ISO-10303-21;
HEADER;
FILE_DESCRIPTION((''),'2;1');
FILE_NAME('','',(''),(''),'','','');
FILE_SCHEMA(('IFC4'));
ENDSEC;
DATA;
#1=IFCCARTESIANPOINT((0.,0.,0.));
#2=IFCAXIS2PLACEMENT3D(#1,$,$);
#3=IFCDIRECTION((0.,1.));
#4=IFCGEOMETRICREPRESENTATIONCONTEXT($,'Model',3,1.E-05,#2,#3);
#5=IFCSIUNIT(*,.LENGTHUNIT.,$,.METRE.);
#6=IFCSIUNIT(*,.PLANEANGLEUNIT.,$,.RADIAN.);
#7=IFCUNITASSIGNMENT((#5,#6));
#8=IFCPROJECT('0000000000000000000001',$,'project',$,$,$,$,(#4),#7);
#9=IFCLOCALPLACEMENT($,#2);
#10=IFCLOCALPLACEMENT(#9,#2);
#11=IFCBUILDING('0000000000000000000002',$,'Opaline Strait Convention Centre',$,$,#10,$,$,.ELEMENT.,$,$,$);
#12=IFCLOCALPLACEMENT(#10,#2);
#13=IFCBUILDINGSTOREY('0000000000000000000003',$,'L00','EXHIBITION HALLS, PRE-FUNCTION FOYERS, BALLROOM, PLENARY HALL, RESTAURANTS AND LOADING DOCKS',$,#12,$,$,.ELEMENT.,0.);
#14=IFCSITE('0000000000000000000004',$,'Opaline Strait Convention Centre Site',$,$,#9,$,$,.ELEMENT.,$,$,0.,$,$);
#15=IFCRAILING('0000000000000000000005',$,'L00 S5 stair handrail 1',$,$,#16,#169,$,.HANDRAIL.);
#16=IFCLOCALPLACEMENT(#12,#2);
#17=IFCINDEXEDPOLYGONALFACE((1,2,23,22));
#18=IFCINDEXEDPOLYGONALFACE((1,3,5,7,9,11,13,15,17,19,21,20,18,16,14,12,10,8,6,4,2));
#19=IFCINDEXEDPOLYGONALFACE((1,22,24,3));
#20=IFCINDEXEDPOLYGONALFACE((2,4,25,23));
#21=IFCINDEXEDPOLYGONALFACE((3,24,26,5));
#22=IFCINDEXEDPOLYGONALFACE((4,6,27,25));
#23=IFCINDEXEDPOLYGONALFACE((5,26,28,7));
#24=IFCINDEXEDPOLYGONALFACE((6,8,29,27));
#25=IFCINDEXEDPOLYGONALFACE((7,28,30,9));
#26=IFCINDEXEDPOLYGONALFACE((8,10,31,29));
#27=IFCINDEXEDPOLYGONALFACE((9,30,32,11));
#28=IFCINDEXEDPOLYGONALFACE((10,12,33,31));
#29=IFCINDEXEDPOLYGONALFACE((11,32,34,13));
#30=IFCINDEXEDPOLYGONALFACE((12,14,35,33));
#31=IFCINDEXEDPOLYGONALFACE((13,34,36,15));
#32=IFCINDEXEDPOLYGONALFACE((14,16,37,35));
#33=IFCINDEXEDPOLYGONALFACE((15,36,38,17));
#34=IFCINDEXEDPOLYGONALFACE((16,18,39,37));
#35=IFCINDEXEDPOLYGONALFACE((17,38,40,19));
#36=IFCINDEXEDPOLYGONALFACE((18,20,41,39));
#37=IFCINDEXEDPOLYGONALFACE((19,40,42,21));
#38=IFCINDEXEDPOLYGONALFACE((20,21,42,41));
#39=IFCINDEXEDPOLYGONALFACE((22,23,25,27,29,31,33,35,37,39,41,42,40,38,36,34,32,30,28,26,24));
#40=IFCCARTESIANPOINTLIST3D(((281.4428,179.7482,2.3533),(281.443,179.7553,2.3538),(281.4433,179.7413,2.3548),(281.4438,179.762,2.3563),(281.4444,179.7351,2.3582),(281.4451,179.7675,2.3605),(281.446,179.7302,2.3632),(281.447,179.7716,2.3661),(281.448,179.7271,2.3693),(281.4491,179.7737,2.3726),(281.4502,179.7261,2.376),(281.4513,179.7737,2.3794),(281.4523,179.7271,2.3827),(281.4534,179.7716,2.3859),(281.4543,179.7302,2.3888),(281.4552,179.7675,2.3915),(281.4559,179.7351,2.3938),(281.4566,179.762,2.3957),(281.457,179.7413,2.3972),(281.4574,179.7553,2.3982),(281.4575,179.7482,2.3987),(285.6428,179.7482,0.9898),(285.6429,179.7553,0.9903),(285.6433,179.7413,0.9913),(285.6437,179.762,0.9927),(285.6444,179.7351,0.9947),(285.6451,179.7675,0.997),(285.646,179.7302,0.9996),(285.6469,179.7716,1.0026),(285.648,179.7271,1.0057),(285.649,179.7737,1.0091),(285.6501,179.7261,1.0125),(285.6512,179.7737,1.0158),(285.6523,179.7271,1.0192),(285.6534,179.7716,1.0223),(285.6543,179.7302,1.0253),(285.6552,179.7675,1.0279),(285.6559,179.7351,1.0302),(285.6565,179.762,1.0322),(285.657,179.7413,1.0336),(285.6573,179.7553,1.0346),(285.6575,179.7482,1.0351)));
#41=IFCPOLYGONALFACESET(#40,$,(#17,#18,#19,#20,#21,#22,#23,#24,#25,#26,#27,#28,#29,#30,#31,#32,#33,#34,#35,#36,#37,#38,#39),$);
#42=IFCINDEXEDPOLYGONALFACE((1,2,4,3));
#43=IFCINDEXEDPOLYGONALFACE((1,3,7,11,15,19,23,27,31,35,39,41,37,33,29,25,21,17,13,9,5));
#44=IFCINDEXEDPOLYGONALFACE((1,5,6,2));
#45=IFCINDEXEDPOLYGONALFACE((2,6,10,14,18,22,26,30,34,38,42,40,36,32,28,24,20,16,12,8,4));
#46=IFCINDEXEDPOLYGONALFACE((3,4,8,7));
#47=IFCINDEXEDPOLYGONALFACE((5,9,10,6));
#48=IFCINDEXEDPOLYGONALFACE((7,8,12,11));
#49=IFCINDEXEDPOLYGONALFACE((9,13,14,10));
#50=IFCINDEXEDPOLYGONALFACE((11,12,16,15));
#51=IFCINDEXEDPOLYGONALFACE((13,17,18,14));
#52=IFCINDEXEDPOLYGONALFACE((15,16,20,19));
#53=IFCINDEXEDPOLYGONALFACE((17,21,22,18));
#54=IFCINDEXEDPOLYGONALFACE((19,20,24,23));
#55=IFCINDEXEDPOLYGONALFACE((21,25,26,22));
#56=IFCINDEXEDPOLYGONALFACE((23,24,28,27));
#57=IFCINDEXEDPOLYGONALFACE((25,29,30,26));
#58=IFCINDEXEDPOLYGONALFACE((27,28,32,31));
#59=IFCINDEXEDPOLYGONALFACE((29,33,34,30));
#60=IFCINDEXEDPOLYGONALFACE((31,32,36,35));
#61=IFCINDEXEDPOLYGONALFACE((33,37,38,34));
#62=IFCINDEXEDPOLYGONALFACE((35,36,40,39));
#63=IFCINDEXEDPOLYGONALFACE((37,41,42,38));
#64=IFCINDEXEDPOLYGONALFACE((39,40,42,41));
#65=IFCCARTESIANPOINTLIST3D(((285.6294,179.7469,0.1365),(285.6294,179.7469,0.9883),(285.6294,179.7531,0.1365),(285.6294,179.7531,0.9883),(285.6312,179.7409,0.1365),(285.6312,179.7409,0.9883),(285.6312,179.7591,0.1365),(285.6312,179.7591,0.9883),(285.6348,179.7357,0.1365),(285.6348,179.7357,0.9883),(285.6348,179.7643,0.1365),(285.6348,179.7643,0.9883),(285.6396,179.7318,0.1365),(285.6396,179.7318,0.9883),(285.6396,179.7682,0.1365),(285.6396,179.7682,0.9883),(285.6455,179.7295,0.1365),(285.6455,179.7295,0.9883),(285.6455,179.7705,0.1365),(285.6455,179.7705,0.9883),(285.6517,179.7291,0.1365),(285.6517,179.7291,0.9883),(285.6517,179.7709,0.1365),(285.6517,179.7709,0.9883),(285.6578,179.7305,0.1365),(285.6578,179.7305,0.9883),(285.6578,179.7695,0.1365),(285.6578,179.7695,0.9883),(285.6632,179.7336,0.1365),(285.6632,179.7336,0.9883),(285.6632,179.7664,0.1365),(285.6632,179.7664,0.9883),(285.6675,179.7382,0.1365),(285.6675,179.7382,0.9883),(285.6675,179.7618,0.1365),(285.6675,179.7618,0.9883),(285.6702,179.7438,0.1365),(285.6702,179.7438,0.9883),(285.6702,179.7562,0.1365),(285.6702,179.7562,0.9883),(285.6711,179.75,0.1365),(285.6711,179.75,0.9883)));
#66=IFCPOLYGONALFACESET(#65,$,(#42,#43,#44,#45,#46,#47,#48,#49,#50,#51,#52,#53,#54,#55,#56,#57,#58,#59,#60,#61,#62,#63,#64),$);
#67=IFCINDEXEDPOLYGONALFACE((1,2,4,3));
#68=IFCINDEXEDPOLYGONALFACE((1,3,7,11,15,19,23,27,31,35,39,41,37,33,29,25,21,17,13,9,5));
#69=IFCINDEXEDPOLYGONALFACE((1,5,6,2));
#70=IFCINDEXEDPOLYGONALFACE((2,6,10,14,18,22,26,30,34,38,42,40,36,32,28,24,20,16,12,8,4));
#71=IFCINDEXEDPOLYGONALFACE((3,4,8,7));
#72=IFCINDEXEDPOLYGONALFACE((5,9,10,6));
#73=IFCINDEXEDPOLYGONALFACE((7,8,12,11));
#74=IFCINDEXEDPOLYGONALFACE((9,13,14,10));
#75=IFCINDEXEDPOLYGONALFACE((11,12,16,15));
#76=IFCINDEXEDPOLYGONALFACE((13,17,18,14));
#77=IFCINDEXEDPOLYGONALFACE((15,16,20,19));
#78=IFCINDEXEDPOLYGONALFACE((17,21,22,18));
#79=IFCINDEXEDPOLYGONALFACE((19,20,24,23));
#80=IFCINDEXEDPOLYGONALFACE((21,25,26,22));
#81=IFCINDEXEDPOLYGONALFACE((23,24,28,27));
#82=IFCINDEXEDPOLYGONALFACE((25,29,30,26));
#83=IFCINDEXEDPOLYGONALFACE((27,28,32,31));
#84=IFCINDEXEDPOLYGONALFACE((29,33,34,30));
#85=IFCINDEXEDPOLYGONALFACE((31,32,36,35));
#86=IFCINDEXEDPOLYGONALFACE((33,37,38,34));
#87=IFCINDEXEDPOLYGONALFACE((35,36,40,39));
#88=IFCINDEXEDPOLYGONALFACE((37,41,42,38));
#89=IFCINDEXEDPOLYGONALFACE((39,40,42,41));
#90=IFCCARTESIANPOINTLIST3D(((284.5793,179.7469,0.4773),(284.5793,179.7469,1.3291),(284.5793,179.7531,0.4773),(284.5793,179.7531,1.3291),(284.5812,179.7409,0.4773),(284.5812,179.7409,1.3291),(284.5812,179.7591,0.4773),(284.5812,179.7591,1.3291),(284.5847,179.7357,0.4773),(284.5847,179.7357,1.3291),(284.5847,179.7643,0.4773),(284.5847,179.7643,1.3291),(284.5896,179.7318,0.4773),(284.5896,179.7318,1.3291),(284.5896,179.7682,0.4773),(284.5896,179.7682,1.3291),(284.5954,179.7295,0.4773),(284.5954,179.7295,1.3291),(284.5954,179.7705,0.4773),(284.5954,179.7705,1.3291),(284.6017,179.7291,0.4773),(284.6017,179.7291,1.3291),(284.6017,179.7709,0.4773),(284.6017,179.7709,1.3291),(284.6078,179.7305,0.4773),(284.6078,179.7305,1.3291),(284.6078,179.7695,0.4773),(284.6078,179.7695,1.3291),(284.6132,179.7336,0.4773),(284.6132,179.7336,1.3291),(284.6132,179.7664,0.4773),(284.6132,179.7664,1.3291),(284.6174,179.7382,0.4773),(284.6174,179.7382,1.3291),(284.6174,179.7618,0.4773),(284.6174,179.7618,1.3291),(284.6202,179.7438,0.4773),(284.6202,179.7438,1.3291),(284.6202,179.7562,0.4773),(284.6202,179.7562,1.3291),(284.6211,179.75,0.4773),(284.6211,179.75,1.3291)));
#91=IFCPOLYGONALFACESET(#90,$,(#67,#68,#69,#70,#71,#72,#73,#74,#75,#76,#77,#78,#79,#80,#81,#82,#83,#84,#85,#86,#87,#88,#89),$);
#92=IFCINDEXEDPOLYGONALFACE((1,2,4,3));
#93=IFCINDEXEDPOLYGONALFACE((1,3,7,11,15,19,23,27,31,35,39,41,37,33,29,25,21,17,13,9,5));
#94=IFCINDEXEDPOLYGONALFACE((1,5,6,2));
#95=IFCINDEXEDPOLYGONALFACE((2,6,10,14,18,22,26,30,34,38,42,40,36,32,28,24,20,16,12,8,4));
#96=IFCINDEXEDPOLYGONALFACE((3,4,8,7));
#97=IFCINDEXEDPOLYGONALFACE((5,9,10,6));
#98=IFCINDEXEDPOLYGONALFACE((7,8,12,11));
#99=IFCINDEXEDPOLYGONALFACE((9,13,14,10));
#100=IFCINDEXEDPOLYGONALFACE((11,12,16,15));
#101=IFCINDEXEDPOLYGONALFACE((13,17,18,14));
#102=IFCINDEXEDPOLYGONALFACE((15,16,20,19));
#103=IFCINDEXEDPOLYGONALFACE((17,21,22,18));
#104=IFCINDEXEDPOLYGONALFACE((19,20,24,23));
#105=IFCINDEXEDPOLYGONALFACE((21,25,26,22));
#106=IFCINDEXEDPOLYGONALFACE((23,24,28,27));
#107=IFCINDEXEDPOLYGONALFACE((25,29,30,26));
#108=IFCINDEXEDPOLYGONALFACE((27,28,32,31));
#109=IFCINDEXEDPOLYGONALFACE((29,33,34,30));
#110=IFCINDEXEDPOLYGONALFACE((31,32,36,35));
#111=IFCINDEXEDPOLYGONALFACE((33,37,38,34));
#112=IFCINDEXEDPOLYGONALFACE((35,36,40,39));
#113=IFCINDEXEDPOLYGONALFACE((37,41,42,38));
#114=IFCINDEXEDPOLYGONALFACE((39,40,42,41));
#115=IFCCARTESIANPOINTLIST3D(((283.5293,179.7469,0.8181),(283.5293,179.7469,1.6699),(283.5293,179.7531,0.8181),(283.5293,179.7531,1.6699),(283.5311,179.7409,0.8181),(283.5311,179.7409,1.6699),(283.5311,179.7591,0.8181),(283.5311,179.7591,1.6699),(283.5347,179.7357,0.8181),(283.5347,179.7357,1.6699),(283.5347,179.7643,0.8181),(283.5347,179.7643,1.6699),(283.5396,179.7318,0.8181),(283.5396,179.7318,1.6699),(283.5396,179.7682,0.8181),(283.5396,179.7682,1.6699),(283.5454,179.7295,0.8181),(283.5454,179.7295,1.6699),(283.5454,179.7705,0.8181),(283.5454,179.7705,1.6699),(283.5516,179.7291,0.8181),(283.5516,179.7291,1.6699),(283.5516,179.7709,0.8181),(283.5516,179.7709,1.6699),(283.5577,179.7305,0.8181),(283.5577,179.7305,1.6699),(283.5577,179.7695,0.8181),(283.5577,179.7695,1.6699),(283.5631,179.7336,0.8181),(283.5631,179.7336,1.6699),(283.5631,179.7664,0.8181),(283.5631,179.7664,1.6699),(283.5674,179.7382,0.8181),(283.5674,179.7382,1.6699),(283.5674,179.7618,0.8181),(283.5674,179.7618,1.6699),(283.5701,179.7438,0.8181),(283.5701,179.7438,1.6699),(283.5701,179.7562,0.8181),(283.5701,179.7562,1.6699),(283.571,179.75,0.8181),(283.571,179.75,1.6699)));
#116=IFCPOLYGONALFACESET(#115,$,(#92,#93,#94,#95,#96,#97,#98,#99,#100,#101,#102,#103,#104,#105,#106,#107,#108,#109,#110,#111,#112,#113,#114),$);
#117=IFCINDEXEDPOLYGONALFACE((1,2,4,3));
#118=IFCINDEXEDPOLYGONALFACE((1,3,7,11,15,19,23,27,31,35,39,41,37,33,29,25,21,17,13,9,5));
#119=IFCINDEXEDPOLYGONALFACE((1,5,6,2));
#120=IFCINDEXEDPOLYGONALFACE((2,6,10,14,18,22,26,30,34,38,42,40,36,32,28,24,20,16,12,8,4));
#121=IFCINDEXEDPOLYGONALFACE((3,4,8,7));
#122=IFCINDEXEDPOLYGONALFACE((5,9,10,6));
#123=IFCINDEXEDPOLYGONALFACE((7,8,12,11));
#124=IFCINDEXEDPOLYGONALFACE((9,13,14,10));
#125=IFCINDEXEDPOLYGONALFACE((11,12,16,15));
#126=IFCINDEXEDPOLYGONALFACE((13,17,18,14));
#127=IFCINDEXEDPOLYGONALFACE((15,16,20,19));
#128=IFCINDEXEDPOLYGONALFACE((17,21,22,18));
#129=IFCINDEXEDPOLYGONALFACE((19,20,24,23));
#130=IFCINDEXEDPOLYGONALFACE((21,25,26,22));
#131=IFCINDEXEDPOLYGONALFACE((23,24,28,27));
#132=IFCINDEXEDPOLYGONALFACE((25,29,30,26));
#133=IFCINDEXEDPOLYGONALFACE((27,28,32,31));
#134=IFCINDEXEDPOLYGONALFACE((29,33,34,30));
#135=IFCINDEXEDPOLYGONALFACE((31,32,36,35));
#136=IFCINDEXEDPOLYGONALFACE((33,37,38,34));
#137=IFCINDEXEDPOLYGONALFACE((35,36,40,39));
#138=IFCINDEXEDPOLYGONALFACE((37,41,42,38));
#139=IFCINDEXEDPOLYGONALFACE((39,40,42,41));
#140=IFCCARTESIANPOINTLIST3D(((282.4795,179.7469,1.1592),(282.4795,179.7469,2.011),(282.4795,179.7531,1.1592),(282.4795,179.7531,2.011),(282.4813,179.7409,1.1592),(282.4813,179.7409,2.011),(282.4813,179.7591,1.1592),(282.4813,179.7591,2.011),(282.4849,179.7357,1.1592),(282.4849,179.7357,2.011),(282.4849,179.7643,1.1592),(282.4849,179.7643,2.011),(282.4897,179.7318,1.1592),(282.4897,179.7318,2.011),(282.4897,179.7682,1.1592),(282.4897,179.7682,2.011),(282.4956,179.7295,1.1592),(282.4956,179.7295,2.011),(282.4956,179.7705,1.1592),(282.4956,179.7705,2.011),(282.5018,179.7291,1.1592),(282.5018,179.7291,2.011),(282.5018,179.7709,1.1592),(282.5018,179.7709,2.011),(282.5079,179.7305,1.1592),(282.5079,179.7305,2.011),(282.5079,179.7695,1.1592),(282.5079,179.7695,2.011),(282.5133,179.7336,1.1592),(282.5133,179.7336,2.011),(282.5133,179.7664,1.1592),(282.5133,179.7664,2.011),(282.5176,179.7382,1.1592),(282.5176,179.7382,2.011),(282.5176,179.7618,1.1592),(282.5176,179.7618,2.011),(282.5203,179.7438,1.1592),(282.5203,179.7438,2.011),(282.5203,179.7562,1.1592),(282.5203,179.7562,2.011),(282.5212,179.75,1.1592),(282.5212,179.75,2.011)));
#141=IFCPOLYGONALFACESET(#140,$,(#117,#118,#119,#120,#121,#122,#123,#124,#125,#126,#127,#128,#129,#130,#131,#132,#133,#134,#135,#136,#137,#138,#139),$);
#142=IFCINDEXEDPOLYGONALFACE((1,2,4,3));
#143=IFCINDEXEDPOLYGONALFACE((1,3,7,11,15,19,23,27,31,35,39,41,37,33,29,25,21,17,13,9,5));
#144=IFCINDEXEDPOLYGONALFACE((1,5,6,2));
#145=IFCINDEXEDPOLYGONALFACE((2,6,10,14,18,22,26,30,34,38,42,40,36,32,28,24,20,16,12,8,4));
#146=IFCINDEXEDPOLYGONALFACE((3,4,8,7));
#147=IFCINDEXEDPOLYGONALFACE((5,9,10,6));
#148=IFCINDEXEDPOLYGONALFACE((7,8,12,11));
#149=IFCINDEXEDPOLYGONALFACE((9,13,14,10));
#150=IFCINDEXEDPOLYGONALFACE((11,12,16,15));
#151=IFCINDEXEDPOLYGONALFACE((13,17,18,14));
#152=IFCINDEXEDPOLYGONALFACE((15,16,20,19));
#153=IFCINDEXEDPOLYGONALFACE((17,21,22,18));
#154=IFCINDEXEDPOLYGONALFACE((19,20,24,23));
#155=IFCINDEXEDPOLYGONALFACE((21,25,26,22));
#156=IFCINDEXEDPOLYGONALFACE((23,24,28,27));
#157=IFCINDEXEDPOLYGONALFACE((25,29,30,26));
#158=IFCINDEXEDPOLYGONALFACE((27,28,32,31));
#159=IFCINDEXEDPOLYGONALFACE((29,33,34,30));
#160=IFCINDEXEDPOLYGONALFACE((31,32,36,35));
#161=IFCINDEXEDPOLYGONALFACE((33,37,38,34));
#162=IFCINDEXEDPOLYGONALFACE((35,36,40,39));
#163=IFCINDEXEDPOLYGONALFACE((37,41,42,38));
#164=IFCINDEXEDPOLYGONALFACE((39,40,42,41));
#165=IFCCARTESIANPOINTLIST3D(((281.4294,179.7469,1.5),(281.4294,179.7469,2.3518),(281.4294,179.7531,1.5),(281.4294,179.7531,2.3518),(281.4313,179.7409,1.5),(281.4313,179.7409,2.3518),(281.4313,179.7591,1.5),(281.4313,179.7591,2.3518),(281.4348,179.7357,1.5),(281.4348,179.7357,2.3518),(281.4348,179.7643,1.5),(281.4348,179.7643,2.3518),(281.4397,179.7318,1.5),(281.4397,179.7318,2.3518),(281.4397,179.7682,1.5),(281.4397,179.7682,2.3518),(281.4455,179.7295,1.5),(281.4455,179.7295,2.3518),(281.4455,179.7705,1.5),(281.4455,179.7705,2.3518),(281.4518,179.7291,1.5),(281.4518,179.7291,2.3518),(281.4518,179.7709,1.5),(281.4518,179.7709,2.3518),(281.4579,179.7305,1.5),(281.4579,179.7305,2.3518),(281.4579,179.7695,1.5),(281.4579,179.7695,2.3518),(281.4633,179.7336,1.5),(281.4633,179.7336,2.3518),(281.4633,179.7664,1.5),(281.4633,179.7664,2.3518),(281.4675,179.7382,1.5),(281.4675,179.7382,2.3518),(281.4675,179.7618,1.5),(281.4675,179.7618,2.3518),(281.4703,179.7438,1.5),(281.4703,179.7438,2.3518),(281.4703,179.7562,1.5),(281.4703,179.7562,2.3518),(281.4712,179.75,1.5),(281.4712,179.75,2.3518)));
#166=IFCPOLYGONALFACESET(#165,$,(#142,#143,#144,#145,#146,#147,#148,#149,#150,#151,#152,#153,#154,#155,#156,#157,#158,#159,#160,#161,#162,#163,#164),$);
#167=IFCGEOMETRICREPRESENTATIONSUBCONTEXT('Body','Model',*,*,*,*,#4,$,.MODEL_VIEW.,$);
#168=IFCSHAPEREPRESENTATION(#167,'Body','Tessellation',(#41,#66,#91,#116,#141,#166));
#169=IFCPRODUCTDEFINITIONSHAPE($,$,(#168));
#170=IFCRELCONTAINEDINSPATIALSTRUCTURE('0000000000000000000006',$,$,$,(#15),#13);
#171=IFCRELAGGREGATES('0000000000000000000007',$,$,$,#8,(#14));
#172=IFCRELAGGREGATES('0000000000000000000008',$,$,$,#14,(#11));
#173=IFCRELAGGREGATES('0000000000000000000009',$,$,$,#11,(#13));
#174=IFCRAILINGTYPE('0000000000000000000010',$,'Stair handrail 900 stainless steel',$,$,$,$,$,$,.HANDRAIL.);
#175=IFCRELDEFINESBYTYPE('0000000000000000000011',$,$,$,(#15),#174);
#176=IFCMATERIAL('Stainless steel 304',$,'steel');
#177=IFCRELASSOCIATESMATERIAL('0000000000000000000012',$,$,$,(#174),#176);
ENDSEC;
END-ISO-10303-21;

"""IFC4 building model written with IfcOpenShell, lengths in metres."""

from ifc_helpers import new_model, si_unit, direction, frame, origin, origin_2d, place, context, subcontext, project, spatial, circle, extrude, material, type_object, element, save


model = new_model("IFC4")

# Units and contexts
model_context = context("Model", 3, precision=1e-05, world=origin(), true_north=direction((0.0, 1.0)))
body_context = subcontext(model_context, "Body", "Model", "MODEL_VIEW")
ifc_project = project(units=[si_unit("LENGTHUNIT", "METRE"), si_unit("PLANEANGLEUNIT", "RADIAN")], contexts=[model_context])

# Site, building, storey
site_placement = place(None, origin())
site = spatial("IfcSite", under=ifc_project, at=site_placement, Name="Opaline Strait Convention Centre Site", CompositionType="ELEMENT", RefElevation=0.0)
building_placement = place(site_placement, origin())
building = spatial("IfcBuilding", under=site, at=building_placement, Name="Opaline Strait Convention Centre", CompositionType="ELEMENT")
storey_placement = place(building_placement, origin())
storey = spatial("IfcBuildingStorey", under=building, at=storey_placement, Name="L00", Description="EXHIBITION HALLS, PRE-FUNCTION FOYERS, BALLROOM, PLENARY HALL, RESTAURANTS AND LOADING DOCKS", CompositionType="ELEMENT", Elevation=0.0)

# Railing
ifc_material_1 = material(Name="Stainless steel 304", Category="steel")
railing_type_1 = type_object("IfcRailingType", Name="Stair handrail 900 stainless steel", PredefinedType="HANDRAIL", material=ifc_material_1)
railing_1_placement = place(storey_placement, frame((285.6501, 179.75, 0.1365)))
element("IfcRailing", 1, at=railing_1_placement, inside=storey, type_object=railing_type_1, Name="L00 S5 stair handrail 1", PredefinedType="HANDRAIL", context=body_context, shape_type="SweptSolid", body=[
    extrude(circle(Radius=0.0239, at=origin_2d()), frame((0.0, 0.0, 0.876), z_axis=(-0.951131, 0.0, 0.308787), x_axis=(0.0, -1.0, 0.0)), (0.0, 0.0, 1.0), 4.4158),
    extrude(circle(Radius=0.021, at=origin_2d()), origin(), (0.0, 0.0, 1.0), 0.8518),
    extrude(circle(Radius=0.021, at=origin_2d()), frame((-1.05, 0.0, 0.3408)), (0.0, 0.0, 1.0), 0.8518),
    extrude(circle(Radius=0.021, at=origin_2d()), frame((-2.1001, 0.0, 0.6816)), (0.0, 0.0, 1.0), 0.8518),
    extrude(circle(Radius=0.021, at=origin_2d()), frame((-3.1499, 0.0, 1.0227)), (0.0, 0.0, 1.0), 0.8518),
    extrude(circle(Radius=0.021, at=origin_2d()), frame((-4.2, 0.0, 1.3635)), (0.0, 0.0, 1.0), 0.8518),
])

save(model, "model.ifc")
